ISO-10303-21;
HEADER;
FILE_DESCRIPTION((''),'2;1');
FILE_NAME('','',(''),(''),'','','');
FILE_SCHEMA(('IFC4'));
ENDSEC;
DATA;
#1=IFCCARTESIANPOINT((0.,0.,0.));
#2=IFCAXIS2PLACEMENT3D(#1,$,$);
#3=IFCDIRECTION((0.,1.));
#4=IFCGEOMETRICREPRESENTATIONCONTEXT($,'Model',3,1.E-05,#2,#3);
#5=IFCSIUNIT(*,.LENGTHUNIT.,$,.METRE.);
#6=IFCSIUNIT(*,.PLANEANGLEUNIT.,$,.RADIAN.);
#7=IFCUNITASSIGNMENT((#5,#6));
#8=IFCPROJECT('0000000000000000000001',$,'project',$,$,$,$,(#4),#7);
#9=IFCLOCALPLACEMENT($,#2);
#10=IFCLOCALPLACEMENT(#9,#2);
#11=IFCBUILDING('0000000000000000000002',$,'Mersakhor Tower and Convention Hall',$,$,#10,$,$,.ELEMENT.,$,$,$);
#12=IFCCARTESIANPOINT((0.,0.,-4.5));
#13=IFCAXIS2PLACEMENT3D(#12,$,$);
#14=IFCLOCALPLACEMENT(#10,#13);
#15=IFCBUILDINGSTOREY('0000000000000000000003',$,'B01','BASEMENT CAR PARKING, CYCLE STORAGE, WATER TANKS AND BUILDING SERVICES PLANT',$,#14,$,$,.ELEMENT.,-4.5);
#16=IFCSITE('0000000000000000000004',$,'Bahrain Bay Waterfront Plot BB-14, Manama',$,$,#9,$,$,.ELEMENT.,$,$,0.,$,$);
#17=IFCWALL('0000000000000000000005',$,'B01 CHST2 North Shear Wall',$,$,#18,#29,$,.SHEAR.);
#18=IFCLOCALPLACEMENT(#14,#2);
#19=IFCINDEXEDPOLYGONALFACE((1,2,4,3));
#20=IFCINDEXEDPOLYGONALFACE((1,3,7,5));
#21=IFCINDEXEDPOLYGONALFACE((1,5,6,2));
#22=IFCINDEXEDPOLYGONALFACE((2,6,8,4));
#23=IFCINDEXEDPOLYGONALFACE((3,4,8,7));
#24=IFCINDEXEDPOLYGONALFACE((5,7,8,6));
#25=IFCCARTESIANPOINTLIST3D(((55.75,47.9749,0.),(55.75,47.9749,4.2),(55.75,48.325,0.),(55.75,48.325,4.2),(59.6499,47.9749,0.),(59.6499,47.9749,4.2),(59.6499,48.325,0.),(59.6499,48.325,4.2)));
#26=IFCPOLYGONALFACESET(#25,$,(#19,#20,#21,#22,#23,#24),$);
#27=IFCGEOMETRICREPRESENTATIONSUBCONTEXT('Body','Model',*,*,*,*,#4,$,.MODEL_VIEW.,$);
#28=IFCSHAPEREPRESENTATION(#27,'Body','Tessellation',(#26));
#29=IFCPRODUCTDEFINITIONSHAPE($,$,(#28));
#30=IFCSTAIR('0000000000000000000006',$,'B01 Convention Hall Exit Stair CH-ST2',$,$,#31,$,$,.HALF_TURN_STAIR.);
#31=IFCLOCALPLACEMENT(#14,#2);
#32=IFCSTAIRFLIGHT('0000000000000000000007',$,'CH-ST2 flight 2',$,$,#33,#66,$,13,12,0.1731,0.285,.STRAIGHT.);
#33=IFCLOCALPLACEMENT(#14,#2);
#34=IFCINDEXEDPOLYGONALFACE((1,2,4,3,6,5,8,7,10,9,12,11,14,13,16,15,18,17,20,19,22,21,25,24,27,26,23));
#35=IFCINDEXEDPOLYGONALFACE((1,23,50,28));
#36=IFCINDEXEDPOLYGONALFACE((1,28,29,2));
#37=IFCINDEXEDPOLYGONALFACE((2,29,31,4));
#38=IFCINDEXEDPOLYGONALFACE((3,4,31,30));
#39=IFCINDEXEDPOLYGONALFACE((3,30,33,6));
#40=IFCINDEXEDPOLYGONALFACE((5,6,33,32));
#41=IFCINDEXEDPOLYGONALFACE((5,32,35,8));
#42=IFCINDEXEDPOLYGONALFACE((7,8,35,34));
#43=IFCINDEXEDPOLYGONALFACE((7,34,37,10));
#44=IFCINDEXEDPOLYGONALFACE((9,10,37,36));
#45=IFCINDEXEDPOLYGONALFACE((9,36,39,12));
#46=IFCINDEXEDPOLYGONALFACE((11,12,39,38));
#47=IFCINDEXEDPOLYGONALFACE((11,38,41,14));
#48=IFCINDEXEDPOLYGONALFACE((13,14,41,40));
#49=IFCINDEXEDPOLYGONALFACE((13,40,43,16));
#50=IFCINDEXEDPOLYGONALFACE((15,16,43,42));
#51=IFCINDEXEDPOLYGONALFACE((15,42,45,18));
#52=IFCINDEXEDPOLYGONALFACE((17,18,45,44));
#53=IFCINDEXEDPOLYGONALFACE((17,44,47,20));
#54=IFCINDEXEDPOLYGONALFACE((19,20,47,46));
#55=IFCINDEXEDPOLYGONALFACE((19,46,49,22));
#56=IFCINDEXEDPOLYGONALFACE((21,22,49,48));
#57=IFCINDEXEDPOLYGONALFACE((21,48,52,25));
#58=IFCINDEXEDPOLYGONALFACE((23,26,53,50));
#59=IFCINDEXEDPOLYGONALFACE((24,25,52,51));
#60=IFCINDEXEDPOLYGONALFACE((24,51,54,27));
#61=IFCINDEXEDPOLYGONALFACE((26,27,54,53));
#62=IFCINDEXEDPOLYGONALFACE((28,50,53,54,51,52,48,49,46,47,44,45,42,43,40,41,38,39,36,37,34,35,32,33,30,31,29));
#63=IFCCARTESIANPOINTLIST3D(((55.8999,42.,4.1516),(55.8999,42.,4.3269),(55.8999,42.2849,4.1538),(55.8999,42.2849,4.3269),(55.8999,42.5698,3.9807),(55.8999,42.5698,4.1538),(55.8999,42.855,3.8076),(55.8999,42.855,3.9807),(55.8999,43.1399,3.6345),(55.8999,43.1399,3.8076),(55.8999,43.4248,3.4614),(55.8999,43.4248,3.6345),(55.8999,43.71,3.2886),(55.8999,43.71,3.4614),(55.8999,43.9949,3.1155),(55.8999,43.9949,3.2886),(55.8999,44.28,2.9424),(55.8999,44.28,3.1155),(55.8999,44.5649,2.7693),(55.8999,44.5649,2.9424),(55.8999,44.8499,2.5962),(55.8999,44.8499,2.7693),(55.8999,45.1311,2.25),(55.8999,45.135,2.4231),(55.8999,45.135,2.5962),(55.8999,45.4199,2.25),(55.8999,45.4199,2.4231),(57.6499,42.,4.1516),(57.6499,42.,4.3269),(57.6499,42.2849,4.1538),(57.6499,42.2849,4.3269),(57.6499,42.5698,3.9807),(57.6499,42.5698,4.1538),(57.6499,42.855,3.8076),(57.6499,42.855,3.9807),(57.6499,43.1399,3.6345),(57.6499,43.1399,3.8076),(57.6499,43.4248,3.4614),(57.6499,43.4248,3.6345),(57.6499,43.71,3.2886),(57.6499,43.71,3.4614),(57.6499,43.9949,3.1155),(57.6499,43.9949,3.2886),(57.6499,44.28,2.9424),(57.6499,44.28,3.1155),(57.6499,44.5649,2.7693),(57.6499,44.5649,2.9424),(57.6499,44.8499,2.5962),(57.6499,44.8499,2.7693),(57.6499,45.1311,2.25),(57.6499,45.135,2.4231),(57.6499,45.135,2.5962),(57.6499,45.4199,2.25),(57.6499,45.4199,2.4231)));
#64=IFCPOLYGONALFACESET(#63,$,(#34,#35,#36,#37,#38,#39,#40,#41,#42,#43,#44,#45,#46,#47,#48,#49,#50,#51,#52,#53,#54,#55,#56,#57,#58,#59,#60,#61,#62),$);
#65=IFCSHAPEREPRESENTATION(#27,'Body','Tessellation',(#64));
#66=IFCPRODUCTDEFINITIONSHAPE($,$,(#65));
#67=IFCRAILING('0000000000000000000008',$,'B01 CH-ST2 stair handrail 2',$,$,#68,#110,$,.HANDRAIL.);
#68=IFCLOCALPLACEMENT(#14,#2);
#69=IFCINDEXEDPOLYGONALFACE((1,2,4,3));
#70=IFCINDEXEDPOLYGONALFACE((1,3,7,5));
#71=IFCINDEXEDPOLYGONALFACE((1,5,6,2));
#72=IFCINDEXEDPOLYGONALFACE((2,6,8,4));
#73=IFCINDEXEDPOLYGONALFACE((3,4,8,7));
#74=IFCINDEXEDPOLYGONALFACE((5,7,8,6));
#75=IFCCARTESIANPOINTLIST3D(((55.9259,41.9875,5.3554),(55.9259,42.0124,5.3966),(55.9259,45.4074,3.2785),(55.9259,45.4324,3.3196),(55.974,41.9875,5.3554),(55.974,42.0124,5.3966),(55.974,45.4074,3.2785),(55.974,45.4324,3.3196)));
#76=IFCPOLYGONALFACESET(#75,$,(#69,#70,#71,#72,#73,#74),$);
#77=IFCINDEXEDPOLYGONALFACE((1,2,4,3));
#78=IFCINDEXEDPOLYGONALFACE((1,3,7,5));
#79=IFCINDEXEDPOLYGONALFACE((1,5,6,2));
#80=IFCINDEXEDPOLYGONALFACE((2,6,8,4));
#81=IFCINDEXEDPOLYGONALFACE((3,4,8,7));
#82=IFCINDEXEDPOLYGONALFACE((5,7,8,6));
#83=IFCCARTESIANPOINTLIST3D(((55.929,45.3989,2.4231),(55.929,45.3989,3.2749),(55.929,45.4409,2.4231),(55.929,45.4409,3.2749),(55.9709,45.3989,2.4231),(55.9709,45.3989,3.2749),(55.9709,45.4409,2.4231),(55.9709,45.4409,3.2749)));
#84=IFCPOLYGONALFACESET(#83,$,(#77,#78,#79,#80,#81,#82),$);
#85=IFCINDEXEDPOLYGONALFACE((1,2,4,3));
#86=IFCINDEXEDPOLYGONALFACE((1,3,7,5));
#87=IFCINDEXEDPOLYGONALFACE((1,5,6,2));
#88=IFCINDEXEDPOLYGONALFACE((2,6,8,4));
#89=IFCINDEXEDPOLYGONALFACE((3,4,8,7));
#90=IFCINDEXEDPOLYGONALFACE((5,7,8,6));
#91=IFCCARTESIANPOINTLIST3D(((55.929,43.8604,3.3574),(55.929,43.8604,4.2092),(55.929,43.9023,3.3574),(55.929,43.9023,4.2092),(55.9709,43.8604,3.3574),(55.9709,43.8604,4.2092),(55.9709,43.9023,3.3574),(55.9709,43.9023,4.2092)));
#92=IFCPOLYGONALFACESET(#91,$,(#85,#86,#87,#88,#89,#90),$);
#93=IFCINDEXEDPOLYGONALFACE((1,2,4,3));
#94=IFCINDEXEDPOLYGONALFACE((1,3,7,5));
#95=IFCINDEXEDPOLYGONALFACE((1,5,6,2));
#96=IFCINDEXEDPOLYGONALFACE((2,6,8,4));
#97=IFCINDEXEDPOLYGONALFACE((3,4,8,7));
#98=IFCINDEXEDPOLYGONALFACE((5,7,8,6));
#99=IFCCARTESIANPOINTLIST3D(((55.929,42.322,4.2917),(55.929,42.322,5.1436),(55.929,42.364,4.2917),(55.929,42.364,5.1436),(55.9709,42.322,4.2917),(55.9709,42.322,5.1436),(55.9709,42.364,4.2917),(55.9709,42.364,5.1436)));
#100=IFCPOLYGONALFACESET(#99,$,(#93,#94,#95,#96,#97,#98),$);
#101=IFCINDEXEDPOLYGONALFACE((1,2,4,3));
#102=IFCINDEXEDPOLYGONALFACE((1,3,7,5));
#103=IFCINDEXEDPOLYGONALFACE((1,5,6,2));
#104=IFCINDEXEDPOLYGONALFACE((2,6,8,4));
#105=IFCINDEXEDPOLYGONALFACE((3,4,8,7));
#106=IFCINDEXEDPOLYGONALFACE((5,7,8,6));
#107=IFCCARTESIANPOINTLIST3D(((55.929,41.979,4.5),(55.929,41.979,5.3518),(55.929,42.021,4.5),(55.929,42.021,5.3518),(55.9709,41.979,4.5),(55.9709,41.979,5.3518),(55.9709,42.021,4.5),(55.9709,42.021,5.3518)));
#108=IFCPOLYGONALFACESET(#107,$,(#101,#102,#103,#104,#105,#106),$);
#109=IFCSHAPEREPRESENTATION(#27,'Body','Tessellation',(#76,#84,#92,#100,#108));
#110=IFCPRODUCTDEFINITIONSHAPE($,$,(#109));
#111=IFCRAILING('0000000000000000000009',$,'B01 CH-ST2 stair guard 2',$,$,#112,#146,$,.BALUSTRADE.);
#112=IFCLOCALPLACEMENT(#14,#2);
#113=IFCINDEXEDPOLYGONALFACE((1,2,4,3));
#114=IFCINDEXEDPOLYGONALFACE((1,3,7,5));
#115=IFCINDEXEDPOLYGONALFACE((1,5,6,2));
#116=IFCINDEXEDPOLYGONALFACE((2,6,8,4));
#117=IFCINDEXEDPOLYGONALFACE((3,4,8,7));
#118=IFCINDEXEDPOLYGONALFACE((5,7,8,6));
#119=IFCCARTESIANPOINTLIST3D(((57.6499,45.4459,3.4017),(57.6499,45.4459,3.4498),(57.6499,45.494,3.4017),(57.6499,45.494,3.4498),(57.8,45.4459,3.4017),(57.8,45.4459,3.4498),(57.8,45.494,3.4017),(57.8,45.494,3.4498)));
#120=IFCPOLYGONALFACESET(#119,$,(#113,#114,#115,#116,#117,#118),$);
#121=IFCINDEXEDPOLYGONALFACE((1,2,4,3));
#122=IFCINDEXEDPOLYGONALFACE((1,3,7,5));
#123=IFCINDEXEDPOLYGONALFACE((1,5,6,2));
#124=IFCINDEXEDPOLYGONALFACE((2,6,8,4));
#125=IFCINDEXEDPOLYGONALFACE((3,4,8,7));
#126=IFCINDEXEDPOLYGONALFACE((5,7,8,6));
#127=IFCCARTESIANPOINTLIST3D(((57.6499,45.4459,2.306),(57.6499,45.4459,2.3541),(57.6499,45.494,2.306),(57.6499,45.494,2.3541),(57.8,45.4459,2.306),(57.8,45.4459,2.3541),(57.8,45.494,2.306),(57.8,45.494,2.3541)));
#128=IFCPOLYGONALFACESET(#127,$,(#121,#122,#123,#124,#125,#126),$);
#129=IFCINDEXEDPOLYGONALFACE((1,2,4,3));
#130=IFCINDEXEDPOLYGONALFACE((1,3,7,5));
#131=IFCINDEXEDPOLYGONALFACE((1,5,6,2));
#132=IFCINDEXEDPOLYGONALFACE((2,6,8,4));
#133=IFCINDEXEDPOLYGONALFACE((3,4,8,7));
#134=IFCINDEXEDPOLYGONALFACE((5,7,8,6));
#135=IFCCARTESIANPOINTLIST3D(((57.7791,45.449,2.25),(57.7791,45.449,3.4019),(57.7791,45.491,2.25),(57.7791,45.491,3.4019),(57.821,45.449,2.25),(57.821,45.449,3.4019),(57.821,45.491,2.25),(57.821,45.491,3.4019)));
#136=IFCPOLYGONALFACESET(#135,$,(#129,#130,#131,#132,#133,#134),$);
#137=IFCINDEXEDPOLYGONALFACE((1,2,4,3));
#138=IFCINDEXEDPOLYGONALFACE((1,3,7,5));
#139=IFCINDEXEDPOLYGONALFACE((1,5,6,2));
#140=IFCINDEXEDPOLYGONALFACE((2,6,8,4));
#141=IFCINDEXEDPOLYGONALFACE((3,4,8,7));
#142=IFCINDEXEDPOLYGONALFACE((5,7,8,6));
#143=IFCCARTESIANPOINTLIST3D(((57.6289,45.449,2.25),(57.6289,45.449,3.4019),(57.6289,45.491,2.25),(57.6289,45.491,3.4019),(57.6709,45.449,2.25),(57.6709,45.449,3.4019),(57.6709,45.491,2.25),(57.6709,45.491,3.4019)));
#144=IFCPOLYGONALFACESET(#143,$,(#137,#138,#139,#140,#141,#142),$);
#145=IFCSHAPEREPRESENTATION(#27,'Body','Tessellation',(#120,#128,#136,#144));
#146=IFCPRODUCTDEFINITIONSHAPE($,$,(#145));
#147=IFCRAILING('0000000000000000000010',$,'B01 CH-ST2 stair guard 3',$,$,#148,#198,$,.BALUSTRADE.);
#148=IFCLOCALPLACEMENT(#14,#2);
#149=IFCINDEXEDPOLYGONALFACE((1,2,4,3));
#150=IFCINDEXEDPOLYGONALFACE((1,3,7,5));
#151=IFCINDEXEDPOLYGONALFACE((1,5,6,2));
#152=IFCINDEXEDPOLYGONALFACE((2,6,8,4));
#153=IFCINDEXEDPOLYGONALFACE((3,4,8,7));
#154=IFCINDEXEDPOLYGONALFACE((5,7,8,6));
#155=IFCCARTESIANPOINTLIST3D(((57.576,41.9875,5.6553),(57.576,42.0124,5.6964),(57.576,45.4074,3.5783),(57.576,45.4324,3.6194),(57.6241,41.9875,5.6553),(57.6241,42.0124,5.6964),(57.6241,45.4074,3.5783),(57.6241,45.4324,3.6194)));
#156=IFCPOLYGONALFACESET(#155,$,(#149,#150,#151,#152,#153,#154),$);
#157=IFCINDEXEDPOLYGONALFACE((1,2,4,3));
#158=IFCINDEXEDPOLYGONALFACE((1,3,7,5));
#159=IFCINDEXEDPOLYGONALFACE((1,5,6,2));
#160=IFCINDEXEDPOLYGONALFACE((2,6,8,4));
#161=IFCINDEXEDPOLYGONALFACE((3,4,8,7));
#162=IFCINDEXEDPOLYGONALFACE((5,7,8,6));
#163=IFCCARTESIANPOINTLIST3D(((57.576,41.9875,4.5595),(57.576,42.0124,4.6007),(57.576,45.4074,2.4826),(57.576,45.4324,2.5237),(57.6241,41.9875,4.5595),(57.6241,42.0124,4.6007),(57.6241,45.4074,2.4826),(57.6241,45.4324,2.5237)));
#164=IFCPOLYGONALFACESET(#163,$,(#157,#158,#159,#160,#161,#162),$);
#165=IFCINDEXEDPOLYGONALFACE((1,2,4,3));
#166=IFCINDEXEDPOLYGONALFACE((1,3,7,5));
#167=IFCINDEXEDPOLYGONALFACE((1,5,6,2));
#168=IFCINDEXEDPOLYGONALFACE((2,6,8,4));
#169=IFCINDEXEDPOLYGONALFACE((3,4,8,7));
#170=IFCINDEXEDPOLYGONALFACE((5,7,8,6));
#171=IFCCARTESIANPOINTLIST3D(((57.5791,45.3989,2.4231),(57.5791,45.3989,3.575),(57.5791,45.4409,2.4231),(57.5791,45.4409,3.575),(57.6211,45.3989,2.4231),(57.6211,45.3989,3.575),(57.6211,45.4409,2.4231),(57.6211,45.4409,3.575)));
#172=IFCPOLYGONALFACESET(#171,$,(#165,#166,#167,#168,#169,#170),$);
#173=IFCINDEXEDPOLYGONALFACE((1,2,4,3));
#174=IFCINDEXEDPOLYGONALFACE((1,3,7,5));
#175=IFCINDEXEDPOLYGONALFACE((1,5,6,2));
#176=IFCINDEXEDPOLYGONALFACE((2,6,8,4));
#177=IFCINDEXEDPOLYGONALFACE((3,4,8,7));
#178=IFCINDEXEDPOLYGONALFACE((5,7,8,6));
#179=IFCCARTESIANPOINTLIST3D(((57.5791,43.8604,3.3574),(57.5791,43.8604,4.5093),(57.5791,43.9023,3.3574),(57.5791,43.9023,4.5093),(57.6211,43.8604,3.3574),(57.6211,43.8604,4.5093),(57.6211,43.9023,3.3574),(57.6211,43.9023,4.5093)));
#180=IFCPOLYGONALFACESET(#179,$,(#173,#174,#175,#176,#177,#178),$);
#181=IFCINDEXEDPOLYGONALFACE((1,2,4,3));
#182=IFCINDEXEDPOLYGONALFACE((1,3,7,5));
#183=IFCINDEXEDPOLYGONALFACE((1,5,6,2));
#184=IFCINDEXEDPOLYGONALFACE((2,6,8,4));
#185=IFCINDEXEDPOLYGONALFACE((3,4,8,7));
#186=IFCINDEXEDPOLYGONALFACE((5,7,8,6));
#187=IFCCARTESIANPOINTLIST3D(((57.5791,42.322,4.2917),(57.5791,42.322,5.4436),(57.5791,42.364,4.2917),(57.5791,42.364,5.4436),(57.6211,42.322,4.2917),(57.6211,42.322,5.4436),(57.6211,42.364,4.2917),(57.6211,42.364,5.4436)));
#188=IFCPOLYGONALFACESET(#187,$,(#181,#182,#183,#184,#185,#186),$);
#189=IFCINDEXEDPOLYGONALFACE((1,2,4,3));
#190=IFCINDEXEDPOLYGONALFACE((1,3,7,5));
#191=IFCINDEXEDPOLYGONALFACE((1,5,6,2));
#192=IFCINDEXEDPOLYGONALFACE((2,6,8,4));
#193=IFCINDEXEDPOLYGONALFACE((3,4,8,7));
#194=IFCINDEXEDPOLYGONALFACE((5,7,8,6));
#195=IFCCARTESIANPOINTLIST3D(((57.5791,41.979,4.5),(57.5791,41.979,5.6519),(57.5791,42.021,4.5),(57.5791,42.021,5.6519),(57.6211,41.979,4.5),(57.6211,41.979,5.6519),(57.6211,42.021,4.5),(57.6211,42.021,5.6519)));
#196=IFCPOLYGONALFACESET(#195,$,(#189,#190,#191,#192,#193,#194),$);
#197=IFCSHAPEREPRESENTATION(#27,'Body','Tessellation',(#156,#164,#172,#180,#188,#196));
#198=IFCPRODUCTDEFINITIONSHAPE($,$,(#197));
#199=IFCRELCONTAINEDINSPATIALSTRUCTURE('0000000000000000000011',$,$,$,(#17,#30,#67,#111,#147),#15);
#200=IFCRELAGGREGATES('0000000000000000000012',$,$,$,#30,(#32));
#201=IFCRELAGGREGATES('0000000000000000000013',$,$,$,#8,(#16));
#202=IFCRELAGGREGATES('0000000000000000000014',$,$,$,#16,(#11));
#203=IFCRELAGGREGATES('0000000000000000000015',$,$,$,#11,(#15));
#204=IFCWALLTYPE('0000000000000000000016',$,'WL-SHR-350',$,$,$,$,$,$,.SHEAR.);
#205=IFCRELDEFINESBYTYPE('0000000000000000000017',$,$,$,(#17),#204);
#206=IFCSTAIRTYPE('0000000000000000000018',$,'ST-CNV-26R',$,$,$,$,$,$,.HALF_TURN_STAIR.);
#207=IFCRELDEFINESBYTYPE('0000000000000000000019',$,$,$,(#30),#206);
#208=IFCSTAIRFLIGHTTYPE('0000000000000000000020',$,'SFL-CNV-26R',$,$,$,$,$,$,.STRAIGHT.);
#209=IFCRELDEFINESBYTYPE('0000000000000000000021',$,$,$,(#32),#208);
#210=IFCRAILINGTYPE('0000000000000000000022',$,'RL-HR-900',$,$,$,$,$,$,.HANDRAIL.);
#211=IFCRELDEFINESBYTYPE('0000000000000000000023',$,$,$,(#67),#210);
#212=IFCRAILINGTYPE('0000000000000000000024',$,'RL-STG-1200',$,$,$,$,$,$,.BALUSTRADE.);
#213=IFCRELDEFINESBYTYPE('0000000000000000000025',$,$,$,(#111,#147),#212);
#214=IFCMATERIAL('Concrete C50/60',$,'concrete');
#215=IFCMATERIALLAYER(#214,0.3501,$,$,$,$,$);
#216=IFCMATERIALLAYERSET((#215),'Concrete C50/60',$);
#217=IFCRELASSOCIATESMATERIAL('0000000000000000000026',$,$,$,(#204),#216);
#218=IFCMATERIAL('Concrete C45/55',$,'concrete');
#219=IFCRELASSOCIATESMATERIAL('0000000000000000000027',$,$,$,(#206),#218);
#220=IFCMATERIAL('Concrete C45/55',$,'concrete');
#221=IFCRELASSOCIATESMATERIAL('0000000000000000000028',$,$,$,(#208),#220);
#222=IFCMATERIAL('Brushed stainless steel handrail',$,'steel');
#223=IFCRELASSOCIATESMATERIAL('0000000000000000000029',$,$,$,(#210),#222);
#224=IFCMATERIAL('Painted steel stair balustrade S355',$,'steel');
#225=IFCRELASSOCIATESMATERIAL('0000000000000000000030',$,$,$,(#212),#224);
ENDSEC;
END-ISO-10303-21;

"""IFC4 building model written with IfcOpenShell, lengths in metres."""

from ifc_helpers import new_model, si_unit, direction, frame, frame_2d, origin, origin_2d, place, context, subcontext, project, spatial, polyline, rectangle, outline, extrude, material, layer, layer_set, type_object, element, aggregate, save


model = new_model("IFC4")

# Units and contexts
model_context = context("Model", 3, precision=1e-05, world=origin(), true_north=direction((0.0, 1.0)))
body_context = subcontext(model_context, "Body", "Model", "MODEL_VIEW")
ifc_project = project(units=[si_unit("LENGTHUNIT", "METRE"), si_unit("PLANEANGLEUNIT", "RADIAN")], contexts=[model_context])

# Site, building, storey
site_placement = place(None, origin())
site = spatial("IfcSite", under=ifc_project, at=site_placement, Name="Bahrain Bay Waterfront Plot BB-14, Manama", CompositionType="ELEMENT", RefElevation=0.0)
building_placement = place(site_placement, origin())
building = spatial("IfcBuilding", under=site, at=building_placement, Name="Mersakhor Tower and Convention Hall", CompositionType="ELEMENT")
storey_placement = place(building_placement, frame((0.0, 0.0, -4.5)))
storey = spatial("IfcBuildingStorey", under=building, at=storey_placement, Name="B01", Description="BASEMENT CAR PARKING, CYCLE STORAGE, WATER TANKS AND BUILDING SERVICES PLANT", CompositionType="ELEMENT", Elevation=-4.5)

# Wall
ifc_material_1 = material(Name="Concrete C50/60", Category="concrete")
ifc_layer_1 = layer(ifc_material_1, 0.3501)
ifc_layer_set_1 = layer_set([ifc_layer_1], Name="Concrete C50/60")
wall_type_1 = type_object("IfcWallType", Name="WL-SHR-350", PredefinedType="SHEAR", material=ifc_layer_set_1)
wall_1_placement = place(storey_placement, frame((55.75, 48.1499, 0.0), z_axis=(0.0, 0.0, 1.0), x_axis=(1.0, 0.0, 0.0)))
element("IfcWall", 1, at=wall_1_placement, inside=storey, type_object=wall_type_1, Name="B01 CHST2 North Shear Wall", PredefinedType="SHEAR", context=body_context, shape_type="SweptSolid", body=[
    extrude(rectangle(XDim=3.8999, YDim=0.3501, at=frame_2d((1.95, 0.0))), origin(), (0.0, 0.0, 1.0), 4.2),
])

# Stair, stair flight
ifc_material_2 = material(Name="Concrete C45/55", Category="concrete")
stair_type = type_object("IfcStairType", Name="ST-CNV-26R", PredefinedType="HALF_TURN_STAIR", material=ifc_material_2)
stair_placement = place(storey_placement, origin())
stair = element("IfcStair", 2, at=stair_placement, inside=storey, type_object=stair_type, Name="B01 Convention Hall Exit Stair CH-ST2", PredefinedType="HALF_TURN_STAIR")
ifc_material_3 = material(Name="Concrete C45/55", Category="concrete")
stair_flight_type = type_object("IfcStairFlightType", Name="SFL-CNV-26R", PredefinedType="STRAIGHT", material=ifc_material_3)
stair_flight_placement = place(storey_placement, frame((56.7749, 45.4199, 2.25), z_axis=(0.0, 0.0, 1.0), x_axis=(0.0, -1.0, 0.0)))
stair_flight = element("IfcStairFlight", 3, at=stair_flight_placement, type_object=stair_flight_type, Name="CH-ST2 flight 2", NumberOfRisers=13, NumberOfTreads=12, PredefinedType="STRAIGHT", RiserHeight=0.1731, TreadLength=0.285, context=body_context, shape_type="SweptSolid", body=[
    extrude(outline(polyline([(0.0, 0.0), (0.0, 0.1731), (0.2849, 0.1731), (0.2849, 0.3462), (0.5701, 0.3462), (0.5701, 0.5193), (0.855, 0.5193), (0.855, 0.6924), (1.1399, 0.6924), (1.1399, 0.8655), (1.425, 0.8655), (1.425, 1.0386), (1.71, 1.0386), (1.71, 1.2114), (1.9951, 1.2114), (1.9951, 1.3845), (2.28, 1.3845), (2.28, 1.5576), (2.5649, 1.5576), (2.5649, 1.7307), (2.8501, 1.7307), (2.8501, 1.9038), (3.135, 1.9038), (3.135, 2.0769), (3.4199, 2.0769), (3.4199, 2.25), (3.4199, 1.9016), (0.2888, 0.0), (0.0, 0.0)])), frame((0.0, 0.875, 0.0), z_axis=(0.0, -1.0, 0.0), x_axis=(1.0, 0.0, 0.0)), (0.0, 0.0, 1.0), 1.75),
])
aggregate(stair, [stair_flight])

# Railings
ifc_material_4 = material(Name="Brushed stainless steel handrail", Category="steel")
railing_type_1 = type_object("IfcRailingType", Name="RL-HR-900", PredefinedType="HANDRAIL", material=ifc_material_4)
railing_1_placement = place(storey_placement, frame((55.95, 45.4199, 2.4231)))
element("IfcRailing", 4, at=railing_1_placement, inside=storey, type_object=railing_type_1, Name="B01 CH-ST2 stair handrail 2", PredefinedType="HANDRAIL", context=body_context, shape_type="SweptSolid", body=[
    extrude(rectangle(XDim=0.0481, YDim=0.0481, at=origin_2d()), frame((0.0, 0.0, 0.876), z_axis=(0.0, -0.85473, 0.519074), x_axis=(1.0, 0.0, 0.0)), (0.0, 0.0, 1.0), 4.0012),
    extrude(rectangle(XDim=0.042, YDim=0.042, at=origin_2d()), origin(), (0.0, 0.0, 1.0), 0.8518),
    extrude(rectangle(XDim=0.042, YDim=0.042, at=origin_2d()), frame((0.0, -1.5386, 0.9343)), (0.0, 0.0, 1.0), 0.8518),
    extrude(rectangle(XDim=0.042, YDim=0.042, at=origin_2d()), frame((0.0, -3.0769, 1.8687)), (0.0, 0.0, 1.0), 0.8518),
    extrude(rectangle(XDim=0.042, YDim=0.042, at=origin_2d()), frame((0.0, -3.4199, 2.0769)), (0.0, 0.0, 1.0), 0.8518),
])
ifc_material_5 = material(Name="Painted steel stair balustrade S355", Category="steel")
railing_type_2 = type_object("IfcRailingType", Name="RL-STG-1200", PredefinedType="BALUSTRADE", material=ifc_material_5)
railing_2_placement = place(storey_placement, frame((57.8, 45.47, 2.25)))
element("IfcRailing", 5, at=railing_2_placement, inside=storey, type_object=railing_type_2, Name="B01 CH-ST2 stair guard 2", PredefinedType="BALUSTRADE", context=body_context, shape_type="SweptSolid", body=[
    extrude(rectangle(XDim=0.0481, YDim=0.0481, at=origin_2d()), frame((0.0, 0.0, 1.1758), z_axis=(-1.0, 0.0, 0.0), x_axis=(0.0, -1.0, 0.0)), (0.0, 0.0, 1.0), 0.1501),
    extrude(rectangle(XDim=0.0481, YDim=0.0481, at=origin_2d()), frame((0.0, 0.0, 0.0801), z_axis=(-1.0, 0.0, 0.0), x_axis=(0.0, -1.0, 0.0)), (0.0, 0.0, 1.0), 0.1501),
    extrude(rectangle(XDim=0.042, YDim=0.042, at=origin_2d()), origin(), (0.0, 0.0, 1.0), 1.1519),
    extrude(rectangle(XDim=0.042, YDim=0.042, at=origin_2d()), frame((-0.1501, 0.0, 0.0)), (0.0, 0.0, 1.0), 1.1519),
])
railing_3_placement = place(storey_placement, frame((57.6001, 45.4199, 2.4231)))
element("IfcRailing", 6, at=railing_3_placement, inside=storey, type_object=railing_type_2, Name="B01 CH-ST2 stair guard 3", PredefinedType="BALUSTRADE", context=body_context, shape_type="SweptSolid", body=[
    extrude(rectangle(XDim=0.0481, YDim=0.0481, at=origin_2d()), frame((0.0, 0.0, 1.1758), z_axis=(0.0, -0.85473, 0.519074), x_axis=(1.0, 0.0, 0.0)), (0.0, 0.0, 1.0), 4.0012),
    extrude(rectangle(XDim=0.0481, YDim=0.0481, at=origin_2d()), frame((0.0, 0.0, 0.0801), z_axis=(0.0, -0.85473, 0.519074), x_axis=(1.0, 0.0, 0.0)), (0.0, 0.0, 1.0), 4.0012),
    extrude(rectangle(XDim=0.042, YDim=0.042, at=origin_2d()), origin(), (0.0, 0.0, 1.0), 1.1519),
    extrude(rectangle(XDim=0.042, YDim=0.042, at=origin_2d()), frame((0.0, -1.5386, 0.9343)), (0.0, 0.0, 1.0), 1.1519),
    extrude(rectangle(XDim=0.042, YDim=0.042, at=origin_2d()), frame((0.0, -3.0769, 1.8687)), (0.0, 0.0, 1.0), 1.1519),
    extrude(rectangle(XDim=0.042, YDim=0.042, at=origin_2d()), frame((0.0, -3.4199, 2.0769)), (0.0, 0.0, 1.0), 1.1519),
])

save(model, "model.ifc")
